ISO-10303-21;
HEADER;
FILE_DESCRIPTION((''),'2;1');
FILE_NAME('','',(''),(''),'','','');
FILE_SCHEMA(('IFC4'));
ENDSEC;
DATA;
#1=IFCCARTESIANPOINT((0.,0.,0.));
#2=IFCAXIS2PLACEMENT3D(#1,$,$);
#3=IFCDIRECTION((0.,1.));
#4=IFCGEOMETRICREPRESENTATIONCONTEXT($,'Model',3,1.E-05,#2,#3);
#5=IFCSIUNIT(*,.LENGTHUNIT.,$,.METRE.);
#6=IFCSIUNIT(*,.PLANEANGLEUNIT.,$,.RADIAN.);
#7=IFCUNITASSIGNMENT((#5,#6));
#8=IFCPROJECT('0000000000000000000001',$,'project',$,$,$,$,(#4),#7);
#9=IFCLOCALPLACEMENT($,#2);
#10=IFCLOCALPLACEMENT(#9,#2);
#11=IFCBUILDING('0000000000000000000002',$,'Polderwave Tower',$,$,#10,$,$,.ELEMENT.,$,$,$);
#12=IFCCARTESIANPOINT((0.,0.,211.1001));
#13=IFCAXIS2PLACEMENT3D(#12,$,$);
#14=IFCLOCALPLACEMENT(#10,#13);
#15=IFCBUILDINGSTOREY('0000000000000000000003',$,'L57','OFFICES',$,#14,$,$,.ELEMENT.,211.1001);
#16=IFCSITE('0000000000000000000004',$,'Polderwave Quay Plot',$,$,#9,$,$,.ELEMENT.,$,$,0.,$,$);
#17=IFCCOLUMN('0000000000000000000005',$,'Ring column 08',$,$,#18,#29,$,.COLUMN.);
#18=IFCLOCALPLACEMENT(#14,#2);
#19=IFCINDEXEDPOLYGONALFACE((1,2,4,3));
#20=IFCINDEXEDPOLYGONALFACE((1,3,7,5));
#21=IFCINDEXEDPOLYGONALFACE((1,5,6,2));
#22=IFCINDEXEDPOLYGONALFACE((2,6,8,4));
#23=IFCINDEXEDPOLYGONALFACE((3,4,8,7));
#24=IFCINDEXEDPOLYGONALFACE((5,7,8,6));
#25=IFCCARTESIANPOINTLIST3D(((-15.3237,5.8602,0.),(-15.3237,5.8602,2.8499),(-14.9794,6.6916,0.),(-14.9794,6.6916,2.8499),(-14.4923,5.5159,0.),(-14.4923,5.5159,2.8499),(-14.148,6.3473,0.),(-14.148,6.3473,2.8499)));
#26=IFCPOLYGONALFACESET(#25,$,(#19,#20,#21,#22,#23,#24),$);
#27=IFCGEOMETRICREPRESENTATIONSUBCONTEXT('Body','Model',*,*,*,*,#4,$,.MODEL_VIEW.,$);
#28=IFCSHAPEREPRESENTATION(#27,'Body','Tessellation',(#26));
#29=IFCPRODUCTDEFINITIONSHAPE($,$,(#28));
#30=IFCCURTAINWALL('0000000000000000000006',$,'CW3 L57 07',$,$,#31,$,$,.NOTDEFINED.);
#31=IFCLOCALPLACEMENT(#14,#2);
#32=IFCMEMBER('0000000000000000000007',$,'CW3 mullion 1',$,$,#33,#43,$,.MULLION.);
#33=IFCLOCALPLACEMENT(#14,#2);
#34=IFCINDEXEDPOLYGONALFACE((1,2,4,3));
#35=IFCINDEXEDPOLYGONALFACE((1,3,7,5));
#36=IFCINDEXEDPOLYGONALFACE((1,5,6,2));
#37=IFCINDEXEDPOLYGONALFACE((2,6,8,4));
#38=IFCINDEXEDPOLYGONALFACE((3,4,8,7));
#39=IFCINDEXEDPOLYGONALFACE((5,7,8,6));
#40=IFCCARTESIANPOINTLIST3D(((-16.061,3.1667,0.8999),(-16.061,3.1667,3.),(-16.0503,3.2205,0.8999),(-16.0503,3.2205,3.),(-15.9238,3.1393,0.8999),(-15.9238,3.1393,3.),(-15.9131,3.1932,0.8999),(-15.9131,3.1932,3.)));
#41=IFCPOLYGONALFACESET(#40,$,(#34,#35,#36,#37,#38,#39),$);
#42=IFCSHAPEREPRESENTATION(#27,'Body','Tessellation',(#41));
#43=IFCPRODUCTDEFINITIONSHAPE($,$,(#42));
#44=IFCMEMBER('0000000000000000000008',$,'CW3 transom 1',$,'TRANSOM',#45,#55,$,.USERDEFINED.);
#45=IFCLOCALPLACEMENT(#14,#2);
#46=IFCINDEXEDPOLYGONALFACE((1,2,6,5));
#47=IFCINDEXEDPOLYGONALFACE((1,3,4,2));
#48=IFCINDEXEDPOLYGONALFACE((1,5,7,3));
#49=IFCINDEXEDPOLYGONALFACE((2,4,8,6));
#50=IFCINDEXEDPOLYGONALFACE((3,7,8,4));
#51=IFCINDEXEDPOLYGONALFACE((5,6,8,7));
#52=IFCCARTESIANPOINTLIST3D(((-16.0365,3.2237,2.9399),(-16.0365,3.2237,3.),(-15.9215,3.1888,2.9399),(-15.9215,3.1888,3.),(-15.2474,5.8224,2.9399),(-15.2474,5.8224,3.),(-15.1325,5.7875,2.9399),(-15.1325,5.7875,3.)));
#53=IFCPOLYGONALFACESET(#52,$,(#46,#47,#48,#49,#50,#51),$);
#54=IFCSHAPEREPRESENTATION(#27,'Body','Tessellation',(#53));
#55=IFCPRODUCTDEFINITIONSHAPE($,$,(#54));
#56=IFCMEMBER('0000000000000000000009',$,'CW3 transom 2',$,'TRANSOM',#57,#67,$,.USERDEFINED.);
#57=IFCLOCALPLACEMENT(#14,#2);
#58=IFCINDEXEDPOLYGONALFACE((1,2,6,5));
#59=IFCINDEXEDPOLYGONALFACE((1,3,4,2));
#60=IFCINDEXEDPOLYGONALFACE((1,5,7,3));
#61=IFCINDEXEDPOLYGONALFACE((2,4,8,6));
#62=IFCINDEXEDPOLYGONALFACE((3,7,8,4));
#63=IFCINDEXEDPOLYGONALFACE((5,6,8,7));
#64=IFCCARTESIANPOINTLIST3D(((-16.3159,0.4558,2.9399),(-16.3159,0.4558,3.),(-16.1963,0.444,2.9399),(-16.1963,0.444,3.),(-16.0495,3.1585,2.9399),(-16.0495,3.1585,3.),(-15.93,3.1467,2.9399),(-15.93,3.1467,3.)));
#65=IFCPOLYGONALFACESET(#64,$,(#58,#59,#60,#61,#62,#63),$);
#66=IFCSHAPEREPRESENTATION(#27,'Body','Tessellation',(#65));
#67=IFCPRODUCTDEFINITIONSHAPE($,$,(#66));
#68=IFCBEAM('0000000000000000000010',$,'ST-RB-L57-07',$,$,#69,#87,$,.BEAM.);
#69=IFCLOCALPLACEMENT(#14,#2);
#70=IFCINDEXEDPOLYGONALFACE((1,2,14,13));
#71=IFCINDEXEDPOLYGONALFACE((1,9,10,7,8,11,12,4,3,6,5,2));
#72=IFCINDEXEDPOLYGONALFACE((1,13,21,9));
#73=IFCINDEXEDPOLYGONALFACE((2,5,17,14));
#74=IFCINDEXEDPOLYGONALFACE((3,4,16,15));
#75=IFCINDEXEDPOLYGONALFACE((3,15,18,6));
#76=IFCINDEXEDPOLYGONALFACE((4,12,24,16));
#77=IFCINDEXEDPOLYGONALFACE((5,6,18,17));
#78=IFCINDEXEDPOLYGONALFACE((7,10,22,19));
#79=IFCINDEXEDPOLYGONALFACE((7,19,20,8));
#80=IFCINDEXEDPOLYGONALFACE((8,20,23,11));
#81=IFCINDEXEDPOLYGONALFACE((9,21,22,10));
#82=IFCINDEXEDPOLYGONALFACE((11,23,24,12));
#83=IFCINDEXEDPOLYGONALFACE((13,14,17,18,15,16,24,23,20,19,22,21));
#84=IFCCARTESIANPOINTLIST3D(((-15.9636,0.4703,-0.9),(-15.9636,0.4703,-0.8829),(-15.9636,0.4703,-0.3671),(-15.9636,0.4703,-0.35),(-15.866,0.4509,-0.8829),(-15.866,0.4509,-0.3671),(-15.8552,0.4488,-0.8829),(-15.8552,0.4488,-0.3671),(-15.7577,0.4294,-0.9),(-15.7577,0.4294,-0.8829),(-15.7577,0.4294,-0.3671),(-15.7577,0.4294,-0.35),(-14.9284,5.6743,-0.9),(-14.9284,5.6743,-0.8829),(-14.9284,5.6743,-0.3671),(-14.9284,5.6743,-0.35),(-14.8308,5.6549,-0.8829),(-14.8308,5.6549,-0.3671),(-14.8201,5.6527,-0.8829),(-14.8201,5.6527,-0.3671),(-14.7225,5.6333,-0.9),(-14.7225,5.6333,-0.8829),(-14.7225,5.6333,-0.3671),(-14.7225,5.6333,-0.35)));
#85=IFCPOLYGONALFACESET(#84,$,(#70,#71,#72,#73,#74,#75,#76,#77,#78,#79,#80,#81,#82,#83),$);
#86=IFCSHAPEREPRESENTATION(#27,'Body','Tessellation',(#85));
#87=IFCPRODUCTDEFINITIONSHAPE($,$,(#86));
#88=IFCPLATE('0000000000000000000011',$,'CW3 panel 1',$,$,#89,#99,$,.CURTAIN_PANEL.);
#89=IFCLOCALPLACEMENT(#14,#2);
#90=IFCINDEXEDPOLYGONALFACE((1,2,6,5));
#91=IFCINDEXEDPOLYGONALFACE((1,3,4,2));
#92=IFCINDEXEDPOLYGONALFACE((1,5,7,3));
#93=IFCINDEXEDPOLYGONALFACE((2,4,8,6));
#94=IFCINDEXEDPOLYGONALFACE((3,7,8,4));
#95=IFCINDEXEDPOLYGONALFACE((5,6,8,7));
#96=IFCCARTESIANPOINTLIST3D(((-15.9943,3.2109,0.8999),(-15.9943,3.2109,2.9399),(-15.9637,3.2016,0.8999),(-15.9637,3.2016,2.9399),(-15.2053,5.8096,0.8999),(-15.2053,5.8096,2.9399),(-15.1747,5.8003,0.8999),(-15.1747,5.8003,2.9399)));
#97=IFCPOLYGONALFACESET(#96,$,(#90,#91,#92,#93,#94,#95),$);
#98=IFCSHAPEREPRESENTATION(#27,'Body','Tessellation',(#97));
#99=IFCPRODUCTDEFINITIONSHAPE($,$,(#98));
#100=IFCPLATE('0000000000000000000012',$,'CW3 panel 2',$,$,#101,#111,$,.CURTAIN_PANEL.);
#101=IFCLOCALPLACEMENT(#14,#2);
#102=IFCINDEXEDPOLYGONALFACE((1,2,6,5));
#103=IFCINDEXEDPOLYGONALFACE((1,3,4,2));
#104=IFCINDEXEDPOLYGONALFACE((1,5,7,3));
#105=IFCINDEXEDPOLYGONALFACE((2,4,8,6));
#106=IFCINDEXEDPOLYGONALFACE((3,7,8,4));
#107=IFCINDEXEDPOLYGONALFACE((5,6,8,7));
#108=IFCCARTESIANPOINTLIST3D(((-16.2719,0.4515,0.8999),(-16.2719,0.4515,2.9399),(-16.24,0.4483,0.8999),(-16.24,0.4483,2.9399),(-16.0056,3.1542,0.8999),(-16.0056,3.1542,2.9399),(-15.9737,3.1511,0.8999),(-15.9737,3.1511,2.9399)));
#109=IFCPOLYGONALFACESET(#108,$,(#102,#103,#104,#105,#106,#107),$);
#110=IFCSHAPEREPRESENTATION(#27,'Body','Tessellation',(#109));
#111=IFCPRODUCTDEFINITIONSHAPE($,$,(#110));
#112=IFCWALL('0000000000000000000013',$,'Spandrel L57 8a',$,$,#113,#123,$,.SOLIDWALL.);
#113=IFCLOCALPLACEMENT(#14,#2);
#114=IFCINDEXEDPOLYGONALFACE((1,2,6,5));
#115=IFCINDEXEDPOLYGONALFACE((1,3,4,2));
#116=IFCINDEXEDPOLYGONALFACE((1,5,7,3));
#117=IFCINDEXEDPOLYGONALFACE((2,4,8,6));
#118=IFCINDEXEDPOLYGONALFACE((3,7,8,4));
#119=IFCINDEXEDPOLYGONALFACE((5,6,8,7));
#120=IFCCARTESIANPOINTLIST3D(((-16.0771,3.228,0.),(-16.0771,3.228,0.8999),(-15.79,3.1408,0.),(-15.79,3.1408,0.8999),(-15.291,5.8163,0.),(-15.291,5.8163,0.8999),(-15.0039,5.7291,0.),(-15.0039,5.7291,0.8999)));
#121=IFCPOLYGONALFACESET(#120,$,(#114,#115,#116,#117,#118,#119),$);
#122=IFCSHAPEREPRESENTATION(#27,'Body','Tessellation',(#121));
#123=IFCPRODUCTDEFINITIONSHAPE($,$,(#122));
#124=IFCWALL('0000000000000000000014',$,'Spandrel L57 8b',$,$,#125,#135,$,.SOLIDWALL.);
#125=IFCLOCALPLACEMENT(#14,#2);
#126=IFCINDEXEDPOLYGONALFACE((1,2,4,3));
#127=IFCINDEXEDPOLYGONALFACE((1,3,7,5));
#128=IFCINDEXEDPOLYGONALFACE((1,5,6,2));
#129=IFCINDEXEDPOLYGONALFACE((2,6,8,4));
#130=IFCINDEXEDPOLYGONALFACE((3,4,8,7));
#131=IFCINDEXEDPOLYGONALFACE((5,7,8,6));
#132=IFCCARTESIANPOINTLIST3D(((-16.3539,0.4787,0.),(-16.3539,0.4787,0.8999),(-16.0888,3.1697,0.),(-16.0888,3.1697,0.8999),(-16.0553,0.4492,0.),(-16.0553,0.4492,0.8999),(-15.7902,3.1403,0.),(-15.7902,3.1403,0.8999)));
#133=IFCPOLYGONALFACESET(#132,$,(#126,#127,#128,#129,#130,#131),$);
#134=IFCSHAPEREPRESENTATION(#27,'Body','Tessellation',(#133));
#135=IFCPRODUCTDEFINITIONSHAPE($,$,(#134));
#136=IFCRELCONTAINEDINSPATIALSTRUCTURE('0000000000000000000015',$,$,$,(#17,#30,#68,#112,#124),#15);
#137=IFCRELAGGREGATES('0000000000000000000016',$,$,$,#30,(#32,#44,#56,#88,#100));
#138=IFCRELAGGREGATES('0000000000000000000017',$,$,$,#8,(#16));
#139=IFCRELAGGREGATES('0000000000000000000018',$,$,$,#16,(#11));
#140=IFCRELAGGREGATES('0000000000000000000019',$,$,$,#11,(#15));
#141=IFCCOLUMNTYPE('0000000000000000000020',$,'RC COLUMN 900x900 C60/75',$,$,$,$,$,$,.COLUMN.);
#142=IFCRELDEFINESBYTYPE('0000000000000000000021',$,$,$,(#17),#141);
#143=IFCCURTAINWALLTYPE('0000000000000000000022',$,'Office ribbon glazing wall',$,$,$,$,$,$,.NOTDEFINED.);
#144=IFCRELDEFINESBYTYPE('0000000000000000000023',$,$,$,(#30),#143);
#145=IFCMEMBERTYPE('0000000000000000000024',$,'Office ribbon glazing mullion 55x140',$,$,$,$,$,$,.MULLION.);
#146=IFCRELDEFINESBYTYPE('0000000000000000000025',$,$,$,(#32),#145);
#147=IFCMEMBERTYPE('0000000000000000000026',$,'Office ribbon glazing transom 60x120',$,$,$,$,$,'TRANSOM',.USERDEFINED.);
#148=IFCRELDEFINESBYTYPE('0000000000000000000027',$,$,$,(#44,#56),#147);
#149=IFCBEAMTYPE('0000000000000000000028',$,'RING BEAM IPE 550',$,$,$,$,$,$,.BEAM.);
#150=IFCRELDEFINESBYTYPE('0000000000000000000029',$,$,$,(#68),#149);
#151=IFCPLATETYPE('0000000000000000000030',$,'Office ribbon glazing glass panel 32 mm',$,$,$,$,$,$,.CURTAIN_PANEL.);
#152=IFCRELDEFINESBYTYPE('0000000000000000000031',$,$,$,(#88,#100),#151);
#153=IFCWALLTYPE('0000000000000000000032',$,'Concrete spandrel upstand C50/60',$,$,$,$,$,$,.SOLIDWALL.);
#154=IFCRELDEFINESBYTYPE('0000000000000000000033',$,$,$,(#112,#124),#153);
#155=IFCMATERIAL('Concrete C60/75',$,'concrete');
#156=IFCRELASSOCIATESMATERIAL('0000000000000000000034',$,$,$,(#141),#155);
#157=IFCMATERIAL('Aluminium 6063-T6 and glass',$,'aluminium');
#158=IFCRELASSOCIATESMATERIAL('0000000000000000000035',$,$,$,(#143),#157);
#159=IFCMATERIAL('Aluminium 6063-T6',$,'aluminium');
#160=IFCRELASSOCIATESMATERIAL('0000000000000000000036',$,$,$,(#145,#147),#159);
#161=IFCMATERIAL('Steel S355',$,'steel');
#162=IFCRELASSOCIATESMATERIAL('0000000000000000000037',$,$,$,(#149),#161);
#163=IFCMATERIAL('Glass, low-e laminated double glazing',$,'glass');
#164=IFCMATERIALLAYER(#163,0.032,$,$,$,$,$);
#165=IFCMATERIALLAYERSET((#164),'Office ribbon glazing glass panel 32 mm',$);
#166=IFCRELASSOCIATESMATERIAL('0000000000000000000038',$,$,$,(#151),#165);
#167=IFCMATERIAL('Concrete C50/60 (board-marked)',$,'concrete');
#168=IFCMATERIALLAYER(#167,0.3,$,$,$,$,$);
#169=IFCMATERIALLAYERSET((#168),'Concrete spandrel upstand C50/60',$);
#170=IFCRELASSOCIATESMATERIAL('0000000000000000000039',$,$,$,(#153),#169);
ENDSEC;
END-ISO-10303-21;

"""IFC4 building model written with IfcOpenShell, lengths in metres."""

from ifc_helpers import new_model, si_unit, direction, frame, frame_2d, origin, origin_2d, place, context, subcontext, project, spatial, rectangle, i_section, extrude, material, layer, layer_set, material_profile, profile_set, type_object, element, aggregate, save


model = new_model("IFC4")

# Units and contexts
model_context = context("Model", 3, precision=1e-05, world=origin(), true_north=direction((0.0, 1.0)))
body_context = subcontext(model_context, "Body", "Model", "MODEL_VIEW")
ifc_project = project(units=[si_unit("LENGTHUNIT", "METRE"), si_unit("PLANEANGLEUNIT", "RADIAN")], contexts=[model_context])

# Site, building, storey
site_placement = place(None, origin())
site = spatial("IfcSite", under=ifc_project, at=site_placement, Name="Polderwave Quay Plot", CompositionType="ELEMENT", RefElevation=0.0)
building_placement = place(site_placement, origin())
building = spatial("IfcBuilding", under=site, at=building_placement, Name="Polderwave Tower", CompositionType="ELEMENT")
storey_placement = place(building_placement, frame((0.0, 0.0, 211.1001)))
storey = spatial("IfcBuildingStorey", under=building, at=storey_placement, Name="L57", Description="OFFICES", CompositionType="ELEMENT", Elevation=211.1001)

# Column
ifc_material_1 = material(Name="Concrete C60/75", Category="concrete")
ifc_material_profile_1 = material_profile(ifc_material_1, rectangle(XDim=0.8999, YDim=0.8999, at=origin_2d()), Name="RC 900x900")
ifc_profile_set_1 = profile_set([ifc_material_profile_1], Name="Concrete C60/75")
column_type = type_object("IfcColumnType", Name="RC COLUMN 900x900 C60/75", PredefinedType="COLUMN", material=ifc_profile_set_1)
column_placement = place(storey_placement, frame((-14.7358, 6.1038, 0.0), z_axis=(0.0, 0.0, 1.0), x_axis=(-0.92388, 0.382683, 0.0)))
element("IfcColumn", 1, at=column_placement, inside=storey, type_object=column_type, Name="Ring column 08", PredefinedType="COLUMN", context=body_context, shape_type="SweptSolid", body=[
    extrude(rectangle(XDim=0.8999, YDim=0.8999, at=origin_2d()), origin(), (0.0, 0.0, 1.0), 2.8499),
])

# Curtain wall, members
ifc_material_2 = material(Name="Aluminium 6063-T6 and glass", Category="aluminium")
curtain_wall_type = type_object("IfcCurtainWallType", Name="Office ribbon glazing wall", PredefinedType="NOTDEFINED", material=ifc_material_2)
curtain_wall_placement = place(storey_placement, origin())
curtain_wall = element("IfcCurtainWall", 2, at=curtain_wall_placement, inside=storey, type_object=curtain_wall_type, Name="CW3 L57 07", PredefinedType="NOTDEFINED")
ifc_material_3 = material(Name="Aluminium 6063-T6", Category="aluminium")
ifc_material_profile_2 = material_profile(ifc_material_3, rectangle(XDim=0.1399, YDim=0.0549, at=origin_2d()), Name="AL 55x140")
ifc_profile_set_2 = profile_set([ifc_material_profile_2], Name="Aluminium 6063-T6")
member_type_1 = type_object("IfcMemberType", Name="Office ribbon glazing mullion 55x140", PredefinedType="MULLION", material=ifc_profile_set_2)
member_1_placement = place(storey_placement, frame((-15.9871, 3.1799, 0.8999), z_axis=(0.0, 0.0, 1.0), x_axis=(0.980757, -0.195234, 0.0)))
member_1 = element("IfcMember", 3, at=member_1_placement, type_object=member_type_1, Name="CW3 mullion 1", PredefinedType="MULLION", context=body_context, shape_type="SweptSolid", body=[
    extrude(rectangle(XDim=0.1399, YDim=0.0549, at=origin_2d()), origin(), (0.0, 0.0, 1.0), 2.1001),
])
ifc_material_profile_3 = material_profile(ifc_material_3, rectangle(XDim=0.1201, YDim=0.0601, at=origin_2d()), Name="AL 60x120")
ifc_profile_set_3 = profile_set([ifc_material_profile_3], Name="Aluminium 6063-T6")
member_type_2 = type_object("IfcMemberType", Name="Office ribbon glazing transom 60x120", ElementType="TRANSOM", PredefinedType="USERDEFINED", material=ifc_profile_set_3)
member_2_placement = place(storey_placement, frame((-15.1899, 5.8049, 2.97), z_axis=(-0.290546, -0.956861, 0.0), x_axis=(0.956861, -0.290546, 0.0)))
member_2 = element("IfcMember", 4, at=member_2_placement, type_object=member_type_2, Name="CW3 transom 1", ObjectType="TRANSOM", PredefinedType="USERDEFINED", context=body_context, shape_type="SweptSolid", body=[
    extrude(rectangle(XDim=0.1201, YDim=0.0601, at=origin_2d()), origin(), (0.0, 0.0, 1.0), 2.7158),
])
member_3_placement = place(storey_placement, frame((-15.9897, 3.1526, 2.97), z_axis=(-0.098079, -0.995179, 0.0), x_axis=(0.995179, -0.098079, 0.0)))
member_3 = element("IfcMember", 5, at=member_3_placement, type_object=member_type_2, Name="CW3 transom 2", ObjectType="TRANSOM", PredefinedType="USERDEFINED", context=body_context, shape_type="SweptSolid", body=[
    extrude(rectangle(XDim=0.1201, YDim=0.0601, at=origin_2d()), origin(), (0.0, 0.0, 1.0), 2.7158),
])

# Beam
ifc_material_4 = material(Name="Steel S355", Category="steel")
ifc_material_profile_4 = material_profile(ifc_material_4, i_section(OverallWidth=0.21, OverallDepth=0.55, WebThickness=0.011, FlangeThickness=0.0171, at=origin_2d()), Name="IPE 550")
ifc_profile_set_4 = profile_set([ifc_material_profile_4], Name="Steel S355")
beam_type = type_object("IfcBeamType", Name="RING BEAM IPE 550", PredefinedType="BEAM", material=ifc_profile_set_4)
beam_placement = place(storey_placement, frame((-14.8254, 5.6538, -0.625), z_axis=(-0.195098, -0.980784, 0.0), x_axis=(0.980784, -0.195098, 0.0)))
element("IfcBeam", 6, at=beam_placement, inside=storey, type_object=beam_type, Name="ST-RB-L57-07", PredefinedType="BEAM", context=body_context, shape_type="SweptSolid", body=[
    extrude(i_section(OverallWidth=0.21, OverallDepth=0.55, WebThickness=0.011, FlangeThickness=0.0171, at=origin_2d()), origin(), (0.0, 0.0, 1.0), 5.3059),
])

# Plates
ifc_material_5 = material(Name="Glass, low-e laminated double glazing", Category="glass")
ifc_layer_1 = layer(ifc_material_5, 0.032)
ifc_layer_set_1 = layer_set([ifc_layer_1], Name="Office ribbon glazing glass panel 32 mm")
plate_type = type_object("IfcPlateType", Name="Office ribbon glazing glass panel 32 mm", PredefinedType="CURTAIN_PANEL", material=ifc_layer_set_1)
plate_1_placement = place(storey_placement, frame((-15.5845, 4.5056, 0.8999), z_axis=(0.0, 0.0, 1.0), x_axis=(-0.290524, -0.956868, 0.0)))
plate_1 = element("IfcPlate", 7, at=plate_1_placement, type_object=plate_type, Name="CW3 panel 1", PredefinedType="CURTAIN_PANEL", context=body_context, shape_type="SweptSolid", body=[
    extrude(rectangle(XDim=2.7158, YDim=0.032, at=origin_2d()), origin(), (0.0, 0.0, 1.0), 2.04),
])
plate_2_placement = place(storey_placement, frame((-16.1228, 1.8013, 0.8999), z_axis=(0.0, 0.0, 1.0), x_axis=(-0.098061, -0.99518, 0.0)))
plate_2 = element("IfcPlate", 8, at=plate_2_placement, type_object=plate_type, Name="CW3 panel 2", PredefinedType="CURTAIN_PANEL", context=body_context, shape_type="SweptSolid", body=[
    extrude(rectangle(XDim=2.7158, YDim=0.032, at=origin_2d()), origin(), (0.0, 0.0, 1.0), 2.04),
])
aggregate(curtain_wall, [member_1, member_2, member_3, plate_1, plate_2])

# Walls
ifc_material_6 = material(Name="Concrete C50/60 (board-marked)", Category="concrete")
ifc_layer_2 = layer(ifc_material_6, 0.3)
ifc_layer_set_2 = layer_set([ifc_layer_2], Name="Concrete spandrel upstand C50/60")
wall_type_1 = type_object("IfcWallType", Name="Concrete spandrel upstand C50/60", PredefinedType="SOLIDWALL", material=ifc_layer_set_2)
wall_1_placement = place(storey_placement, frame((-15.1475, 5.7727, 0.0), z_axis=(0.0, 0.0, 1.0), x_axis=(-0.290609, -0.956842, 0.0)))
element("IfcWall", 9, at=wall_1_placement, inside=storey, type_object=wall_type_1, Name="Spandrel L57 8a", PredefinedType="SOLIDWALL", context=body_context, shape_type="SweptSolid", body=[
    extrude(rectangle(XDim=2.7051, YDim=0.3, at=frame_2d((1.3525, 0.0))), origin(), (0.0, 0.0, 1.0), 0.8999),
])
wall_2_placement = place(storey_placement, frame((-15.9395, 3.155, 0.0), z_axis=(0.0, 0.0, 1.0), x_axis=(-0.098047, -0.995182, 0.0)))
element("IfcWall", 10, at=wall_2_placement, inside=storey, type_object=wall_type_1, Name="Spandrel L57 8b", PredefinedType="SOLIDWALL", context=body_context, shape_type="SweptSolid", body=[
    extrude(rectangle(XDim=2.7041, YDim=0.3, at=frame_2d((1.3521, 0.0))), origin(), (0.0, 0.0, 1.0), 0.8999),
])

save(model, "model.ifc")
